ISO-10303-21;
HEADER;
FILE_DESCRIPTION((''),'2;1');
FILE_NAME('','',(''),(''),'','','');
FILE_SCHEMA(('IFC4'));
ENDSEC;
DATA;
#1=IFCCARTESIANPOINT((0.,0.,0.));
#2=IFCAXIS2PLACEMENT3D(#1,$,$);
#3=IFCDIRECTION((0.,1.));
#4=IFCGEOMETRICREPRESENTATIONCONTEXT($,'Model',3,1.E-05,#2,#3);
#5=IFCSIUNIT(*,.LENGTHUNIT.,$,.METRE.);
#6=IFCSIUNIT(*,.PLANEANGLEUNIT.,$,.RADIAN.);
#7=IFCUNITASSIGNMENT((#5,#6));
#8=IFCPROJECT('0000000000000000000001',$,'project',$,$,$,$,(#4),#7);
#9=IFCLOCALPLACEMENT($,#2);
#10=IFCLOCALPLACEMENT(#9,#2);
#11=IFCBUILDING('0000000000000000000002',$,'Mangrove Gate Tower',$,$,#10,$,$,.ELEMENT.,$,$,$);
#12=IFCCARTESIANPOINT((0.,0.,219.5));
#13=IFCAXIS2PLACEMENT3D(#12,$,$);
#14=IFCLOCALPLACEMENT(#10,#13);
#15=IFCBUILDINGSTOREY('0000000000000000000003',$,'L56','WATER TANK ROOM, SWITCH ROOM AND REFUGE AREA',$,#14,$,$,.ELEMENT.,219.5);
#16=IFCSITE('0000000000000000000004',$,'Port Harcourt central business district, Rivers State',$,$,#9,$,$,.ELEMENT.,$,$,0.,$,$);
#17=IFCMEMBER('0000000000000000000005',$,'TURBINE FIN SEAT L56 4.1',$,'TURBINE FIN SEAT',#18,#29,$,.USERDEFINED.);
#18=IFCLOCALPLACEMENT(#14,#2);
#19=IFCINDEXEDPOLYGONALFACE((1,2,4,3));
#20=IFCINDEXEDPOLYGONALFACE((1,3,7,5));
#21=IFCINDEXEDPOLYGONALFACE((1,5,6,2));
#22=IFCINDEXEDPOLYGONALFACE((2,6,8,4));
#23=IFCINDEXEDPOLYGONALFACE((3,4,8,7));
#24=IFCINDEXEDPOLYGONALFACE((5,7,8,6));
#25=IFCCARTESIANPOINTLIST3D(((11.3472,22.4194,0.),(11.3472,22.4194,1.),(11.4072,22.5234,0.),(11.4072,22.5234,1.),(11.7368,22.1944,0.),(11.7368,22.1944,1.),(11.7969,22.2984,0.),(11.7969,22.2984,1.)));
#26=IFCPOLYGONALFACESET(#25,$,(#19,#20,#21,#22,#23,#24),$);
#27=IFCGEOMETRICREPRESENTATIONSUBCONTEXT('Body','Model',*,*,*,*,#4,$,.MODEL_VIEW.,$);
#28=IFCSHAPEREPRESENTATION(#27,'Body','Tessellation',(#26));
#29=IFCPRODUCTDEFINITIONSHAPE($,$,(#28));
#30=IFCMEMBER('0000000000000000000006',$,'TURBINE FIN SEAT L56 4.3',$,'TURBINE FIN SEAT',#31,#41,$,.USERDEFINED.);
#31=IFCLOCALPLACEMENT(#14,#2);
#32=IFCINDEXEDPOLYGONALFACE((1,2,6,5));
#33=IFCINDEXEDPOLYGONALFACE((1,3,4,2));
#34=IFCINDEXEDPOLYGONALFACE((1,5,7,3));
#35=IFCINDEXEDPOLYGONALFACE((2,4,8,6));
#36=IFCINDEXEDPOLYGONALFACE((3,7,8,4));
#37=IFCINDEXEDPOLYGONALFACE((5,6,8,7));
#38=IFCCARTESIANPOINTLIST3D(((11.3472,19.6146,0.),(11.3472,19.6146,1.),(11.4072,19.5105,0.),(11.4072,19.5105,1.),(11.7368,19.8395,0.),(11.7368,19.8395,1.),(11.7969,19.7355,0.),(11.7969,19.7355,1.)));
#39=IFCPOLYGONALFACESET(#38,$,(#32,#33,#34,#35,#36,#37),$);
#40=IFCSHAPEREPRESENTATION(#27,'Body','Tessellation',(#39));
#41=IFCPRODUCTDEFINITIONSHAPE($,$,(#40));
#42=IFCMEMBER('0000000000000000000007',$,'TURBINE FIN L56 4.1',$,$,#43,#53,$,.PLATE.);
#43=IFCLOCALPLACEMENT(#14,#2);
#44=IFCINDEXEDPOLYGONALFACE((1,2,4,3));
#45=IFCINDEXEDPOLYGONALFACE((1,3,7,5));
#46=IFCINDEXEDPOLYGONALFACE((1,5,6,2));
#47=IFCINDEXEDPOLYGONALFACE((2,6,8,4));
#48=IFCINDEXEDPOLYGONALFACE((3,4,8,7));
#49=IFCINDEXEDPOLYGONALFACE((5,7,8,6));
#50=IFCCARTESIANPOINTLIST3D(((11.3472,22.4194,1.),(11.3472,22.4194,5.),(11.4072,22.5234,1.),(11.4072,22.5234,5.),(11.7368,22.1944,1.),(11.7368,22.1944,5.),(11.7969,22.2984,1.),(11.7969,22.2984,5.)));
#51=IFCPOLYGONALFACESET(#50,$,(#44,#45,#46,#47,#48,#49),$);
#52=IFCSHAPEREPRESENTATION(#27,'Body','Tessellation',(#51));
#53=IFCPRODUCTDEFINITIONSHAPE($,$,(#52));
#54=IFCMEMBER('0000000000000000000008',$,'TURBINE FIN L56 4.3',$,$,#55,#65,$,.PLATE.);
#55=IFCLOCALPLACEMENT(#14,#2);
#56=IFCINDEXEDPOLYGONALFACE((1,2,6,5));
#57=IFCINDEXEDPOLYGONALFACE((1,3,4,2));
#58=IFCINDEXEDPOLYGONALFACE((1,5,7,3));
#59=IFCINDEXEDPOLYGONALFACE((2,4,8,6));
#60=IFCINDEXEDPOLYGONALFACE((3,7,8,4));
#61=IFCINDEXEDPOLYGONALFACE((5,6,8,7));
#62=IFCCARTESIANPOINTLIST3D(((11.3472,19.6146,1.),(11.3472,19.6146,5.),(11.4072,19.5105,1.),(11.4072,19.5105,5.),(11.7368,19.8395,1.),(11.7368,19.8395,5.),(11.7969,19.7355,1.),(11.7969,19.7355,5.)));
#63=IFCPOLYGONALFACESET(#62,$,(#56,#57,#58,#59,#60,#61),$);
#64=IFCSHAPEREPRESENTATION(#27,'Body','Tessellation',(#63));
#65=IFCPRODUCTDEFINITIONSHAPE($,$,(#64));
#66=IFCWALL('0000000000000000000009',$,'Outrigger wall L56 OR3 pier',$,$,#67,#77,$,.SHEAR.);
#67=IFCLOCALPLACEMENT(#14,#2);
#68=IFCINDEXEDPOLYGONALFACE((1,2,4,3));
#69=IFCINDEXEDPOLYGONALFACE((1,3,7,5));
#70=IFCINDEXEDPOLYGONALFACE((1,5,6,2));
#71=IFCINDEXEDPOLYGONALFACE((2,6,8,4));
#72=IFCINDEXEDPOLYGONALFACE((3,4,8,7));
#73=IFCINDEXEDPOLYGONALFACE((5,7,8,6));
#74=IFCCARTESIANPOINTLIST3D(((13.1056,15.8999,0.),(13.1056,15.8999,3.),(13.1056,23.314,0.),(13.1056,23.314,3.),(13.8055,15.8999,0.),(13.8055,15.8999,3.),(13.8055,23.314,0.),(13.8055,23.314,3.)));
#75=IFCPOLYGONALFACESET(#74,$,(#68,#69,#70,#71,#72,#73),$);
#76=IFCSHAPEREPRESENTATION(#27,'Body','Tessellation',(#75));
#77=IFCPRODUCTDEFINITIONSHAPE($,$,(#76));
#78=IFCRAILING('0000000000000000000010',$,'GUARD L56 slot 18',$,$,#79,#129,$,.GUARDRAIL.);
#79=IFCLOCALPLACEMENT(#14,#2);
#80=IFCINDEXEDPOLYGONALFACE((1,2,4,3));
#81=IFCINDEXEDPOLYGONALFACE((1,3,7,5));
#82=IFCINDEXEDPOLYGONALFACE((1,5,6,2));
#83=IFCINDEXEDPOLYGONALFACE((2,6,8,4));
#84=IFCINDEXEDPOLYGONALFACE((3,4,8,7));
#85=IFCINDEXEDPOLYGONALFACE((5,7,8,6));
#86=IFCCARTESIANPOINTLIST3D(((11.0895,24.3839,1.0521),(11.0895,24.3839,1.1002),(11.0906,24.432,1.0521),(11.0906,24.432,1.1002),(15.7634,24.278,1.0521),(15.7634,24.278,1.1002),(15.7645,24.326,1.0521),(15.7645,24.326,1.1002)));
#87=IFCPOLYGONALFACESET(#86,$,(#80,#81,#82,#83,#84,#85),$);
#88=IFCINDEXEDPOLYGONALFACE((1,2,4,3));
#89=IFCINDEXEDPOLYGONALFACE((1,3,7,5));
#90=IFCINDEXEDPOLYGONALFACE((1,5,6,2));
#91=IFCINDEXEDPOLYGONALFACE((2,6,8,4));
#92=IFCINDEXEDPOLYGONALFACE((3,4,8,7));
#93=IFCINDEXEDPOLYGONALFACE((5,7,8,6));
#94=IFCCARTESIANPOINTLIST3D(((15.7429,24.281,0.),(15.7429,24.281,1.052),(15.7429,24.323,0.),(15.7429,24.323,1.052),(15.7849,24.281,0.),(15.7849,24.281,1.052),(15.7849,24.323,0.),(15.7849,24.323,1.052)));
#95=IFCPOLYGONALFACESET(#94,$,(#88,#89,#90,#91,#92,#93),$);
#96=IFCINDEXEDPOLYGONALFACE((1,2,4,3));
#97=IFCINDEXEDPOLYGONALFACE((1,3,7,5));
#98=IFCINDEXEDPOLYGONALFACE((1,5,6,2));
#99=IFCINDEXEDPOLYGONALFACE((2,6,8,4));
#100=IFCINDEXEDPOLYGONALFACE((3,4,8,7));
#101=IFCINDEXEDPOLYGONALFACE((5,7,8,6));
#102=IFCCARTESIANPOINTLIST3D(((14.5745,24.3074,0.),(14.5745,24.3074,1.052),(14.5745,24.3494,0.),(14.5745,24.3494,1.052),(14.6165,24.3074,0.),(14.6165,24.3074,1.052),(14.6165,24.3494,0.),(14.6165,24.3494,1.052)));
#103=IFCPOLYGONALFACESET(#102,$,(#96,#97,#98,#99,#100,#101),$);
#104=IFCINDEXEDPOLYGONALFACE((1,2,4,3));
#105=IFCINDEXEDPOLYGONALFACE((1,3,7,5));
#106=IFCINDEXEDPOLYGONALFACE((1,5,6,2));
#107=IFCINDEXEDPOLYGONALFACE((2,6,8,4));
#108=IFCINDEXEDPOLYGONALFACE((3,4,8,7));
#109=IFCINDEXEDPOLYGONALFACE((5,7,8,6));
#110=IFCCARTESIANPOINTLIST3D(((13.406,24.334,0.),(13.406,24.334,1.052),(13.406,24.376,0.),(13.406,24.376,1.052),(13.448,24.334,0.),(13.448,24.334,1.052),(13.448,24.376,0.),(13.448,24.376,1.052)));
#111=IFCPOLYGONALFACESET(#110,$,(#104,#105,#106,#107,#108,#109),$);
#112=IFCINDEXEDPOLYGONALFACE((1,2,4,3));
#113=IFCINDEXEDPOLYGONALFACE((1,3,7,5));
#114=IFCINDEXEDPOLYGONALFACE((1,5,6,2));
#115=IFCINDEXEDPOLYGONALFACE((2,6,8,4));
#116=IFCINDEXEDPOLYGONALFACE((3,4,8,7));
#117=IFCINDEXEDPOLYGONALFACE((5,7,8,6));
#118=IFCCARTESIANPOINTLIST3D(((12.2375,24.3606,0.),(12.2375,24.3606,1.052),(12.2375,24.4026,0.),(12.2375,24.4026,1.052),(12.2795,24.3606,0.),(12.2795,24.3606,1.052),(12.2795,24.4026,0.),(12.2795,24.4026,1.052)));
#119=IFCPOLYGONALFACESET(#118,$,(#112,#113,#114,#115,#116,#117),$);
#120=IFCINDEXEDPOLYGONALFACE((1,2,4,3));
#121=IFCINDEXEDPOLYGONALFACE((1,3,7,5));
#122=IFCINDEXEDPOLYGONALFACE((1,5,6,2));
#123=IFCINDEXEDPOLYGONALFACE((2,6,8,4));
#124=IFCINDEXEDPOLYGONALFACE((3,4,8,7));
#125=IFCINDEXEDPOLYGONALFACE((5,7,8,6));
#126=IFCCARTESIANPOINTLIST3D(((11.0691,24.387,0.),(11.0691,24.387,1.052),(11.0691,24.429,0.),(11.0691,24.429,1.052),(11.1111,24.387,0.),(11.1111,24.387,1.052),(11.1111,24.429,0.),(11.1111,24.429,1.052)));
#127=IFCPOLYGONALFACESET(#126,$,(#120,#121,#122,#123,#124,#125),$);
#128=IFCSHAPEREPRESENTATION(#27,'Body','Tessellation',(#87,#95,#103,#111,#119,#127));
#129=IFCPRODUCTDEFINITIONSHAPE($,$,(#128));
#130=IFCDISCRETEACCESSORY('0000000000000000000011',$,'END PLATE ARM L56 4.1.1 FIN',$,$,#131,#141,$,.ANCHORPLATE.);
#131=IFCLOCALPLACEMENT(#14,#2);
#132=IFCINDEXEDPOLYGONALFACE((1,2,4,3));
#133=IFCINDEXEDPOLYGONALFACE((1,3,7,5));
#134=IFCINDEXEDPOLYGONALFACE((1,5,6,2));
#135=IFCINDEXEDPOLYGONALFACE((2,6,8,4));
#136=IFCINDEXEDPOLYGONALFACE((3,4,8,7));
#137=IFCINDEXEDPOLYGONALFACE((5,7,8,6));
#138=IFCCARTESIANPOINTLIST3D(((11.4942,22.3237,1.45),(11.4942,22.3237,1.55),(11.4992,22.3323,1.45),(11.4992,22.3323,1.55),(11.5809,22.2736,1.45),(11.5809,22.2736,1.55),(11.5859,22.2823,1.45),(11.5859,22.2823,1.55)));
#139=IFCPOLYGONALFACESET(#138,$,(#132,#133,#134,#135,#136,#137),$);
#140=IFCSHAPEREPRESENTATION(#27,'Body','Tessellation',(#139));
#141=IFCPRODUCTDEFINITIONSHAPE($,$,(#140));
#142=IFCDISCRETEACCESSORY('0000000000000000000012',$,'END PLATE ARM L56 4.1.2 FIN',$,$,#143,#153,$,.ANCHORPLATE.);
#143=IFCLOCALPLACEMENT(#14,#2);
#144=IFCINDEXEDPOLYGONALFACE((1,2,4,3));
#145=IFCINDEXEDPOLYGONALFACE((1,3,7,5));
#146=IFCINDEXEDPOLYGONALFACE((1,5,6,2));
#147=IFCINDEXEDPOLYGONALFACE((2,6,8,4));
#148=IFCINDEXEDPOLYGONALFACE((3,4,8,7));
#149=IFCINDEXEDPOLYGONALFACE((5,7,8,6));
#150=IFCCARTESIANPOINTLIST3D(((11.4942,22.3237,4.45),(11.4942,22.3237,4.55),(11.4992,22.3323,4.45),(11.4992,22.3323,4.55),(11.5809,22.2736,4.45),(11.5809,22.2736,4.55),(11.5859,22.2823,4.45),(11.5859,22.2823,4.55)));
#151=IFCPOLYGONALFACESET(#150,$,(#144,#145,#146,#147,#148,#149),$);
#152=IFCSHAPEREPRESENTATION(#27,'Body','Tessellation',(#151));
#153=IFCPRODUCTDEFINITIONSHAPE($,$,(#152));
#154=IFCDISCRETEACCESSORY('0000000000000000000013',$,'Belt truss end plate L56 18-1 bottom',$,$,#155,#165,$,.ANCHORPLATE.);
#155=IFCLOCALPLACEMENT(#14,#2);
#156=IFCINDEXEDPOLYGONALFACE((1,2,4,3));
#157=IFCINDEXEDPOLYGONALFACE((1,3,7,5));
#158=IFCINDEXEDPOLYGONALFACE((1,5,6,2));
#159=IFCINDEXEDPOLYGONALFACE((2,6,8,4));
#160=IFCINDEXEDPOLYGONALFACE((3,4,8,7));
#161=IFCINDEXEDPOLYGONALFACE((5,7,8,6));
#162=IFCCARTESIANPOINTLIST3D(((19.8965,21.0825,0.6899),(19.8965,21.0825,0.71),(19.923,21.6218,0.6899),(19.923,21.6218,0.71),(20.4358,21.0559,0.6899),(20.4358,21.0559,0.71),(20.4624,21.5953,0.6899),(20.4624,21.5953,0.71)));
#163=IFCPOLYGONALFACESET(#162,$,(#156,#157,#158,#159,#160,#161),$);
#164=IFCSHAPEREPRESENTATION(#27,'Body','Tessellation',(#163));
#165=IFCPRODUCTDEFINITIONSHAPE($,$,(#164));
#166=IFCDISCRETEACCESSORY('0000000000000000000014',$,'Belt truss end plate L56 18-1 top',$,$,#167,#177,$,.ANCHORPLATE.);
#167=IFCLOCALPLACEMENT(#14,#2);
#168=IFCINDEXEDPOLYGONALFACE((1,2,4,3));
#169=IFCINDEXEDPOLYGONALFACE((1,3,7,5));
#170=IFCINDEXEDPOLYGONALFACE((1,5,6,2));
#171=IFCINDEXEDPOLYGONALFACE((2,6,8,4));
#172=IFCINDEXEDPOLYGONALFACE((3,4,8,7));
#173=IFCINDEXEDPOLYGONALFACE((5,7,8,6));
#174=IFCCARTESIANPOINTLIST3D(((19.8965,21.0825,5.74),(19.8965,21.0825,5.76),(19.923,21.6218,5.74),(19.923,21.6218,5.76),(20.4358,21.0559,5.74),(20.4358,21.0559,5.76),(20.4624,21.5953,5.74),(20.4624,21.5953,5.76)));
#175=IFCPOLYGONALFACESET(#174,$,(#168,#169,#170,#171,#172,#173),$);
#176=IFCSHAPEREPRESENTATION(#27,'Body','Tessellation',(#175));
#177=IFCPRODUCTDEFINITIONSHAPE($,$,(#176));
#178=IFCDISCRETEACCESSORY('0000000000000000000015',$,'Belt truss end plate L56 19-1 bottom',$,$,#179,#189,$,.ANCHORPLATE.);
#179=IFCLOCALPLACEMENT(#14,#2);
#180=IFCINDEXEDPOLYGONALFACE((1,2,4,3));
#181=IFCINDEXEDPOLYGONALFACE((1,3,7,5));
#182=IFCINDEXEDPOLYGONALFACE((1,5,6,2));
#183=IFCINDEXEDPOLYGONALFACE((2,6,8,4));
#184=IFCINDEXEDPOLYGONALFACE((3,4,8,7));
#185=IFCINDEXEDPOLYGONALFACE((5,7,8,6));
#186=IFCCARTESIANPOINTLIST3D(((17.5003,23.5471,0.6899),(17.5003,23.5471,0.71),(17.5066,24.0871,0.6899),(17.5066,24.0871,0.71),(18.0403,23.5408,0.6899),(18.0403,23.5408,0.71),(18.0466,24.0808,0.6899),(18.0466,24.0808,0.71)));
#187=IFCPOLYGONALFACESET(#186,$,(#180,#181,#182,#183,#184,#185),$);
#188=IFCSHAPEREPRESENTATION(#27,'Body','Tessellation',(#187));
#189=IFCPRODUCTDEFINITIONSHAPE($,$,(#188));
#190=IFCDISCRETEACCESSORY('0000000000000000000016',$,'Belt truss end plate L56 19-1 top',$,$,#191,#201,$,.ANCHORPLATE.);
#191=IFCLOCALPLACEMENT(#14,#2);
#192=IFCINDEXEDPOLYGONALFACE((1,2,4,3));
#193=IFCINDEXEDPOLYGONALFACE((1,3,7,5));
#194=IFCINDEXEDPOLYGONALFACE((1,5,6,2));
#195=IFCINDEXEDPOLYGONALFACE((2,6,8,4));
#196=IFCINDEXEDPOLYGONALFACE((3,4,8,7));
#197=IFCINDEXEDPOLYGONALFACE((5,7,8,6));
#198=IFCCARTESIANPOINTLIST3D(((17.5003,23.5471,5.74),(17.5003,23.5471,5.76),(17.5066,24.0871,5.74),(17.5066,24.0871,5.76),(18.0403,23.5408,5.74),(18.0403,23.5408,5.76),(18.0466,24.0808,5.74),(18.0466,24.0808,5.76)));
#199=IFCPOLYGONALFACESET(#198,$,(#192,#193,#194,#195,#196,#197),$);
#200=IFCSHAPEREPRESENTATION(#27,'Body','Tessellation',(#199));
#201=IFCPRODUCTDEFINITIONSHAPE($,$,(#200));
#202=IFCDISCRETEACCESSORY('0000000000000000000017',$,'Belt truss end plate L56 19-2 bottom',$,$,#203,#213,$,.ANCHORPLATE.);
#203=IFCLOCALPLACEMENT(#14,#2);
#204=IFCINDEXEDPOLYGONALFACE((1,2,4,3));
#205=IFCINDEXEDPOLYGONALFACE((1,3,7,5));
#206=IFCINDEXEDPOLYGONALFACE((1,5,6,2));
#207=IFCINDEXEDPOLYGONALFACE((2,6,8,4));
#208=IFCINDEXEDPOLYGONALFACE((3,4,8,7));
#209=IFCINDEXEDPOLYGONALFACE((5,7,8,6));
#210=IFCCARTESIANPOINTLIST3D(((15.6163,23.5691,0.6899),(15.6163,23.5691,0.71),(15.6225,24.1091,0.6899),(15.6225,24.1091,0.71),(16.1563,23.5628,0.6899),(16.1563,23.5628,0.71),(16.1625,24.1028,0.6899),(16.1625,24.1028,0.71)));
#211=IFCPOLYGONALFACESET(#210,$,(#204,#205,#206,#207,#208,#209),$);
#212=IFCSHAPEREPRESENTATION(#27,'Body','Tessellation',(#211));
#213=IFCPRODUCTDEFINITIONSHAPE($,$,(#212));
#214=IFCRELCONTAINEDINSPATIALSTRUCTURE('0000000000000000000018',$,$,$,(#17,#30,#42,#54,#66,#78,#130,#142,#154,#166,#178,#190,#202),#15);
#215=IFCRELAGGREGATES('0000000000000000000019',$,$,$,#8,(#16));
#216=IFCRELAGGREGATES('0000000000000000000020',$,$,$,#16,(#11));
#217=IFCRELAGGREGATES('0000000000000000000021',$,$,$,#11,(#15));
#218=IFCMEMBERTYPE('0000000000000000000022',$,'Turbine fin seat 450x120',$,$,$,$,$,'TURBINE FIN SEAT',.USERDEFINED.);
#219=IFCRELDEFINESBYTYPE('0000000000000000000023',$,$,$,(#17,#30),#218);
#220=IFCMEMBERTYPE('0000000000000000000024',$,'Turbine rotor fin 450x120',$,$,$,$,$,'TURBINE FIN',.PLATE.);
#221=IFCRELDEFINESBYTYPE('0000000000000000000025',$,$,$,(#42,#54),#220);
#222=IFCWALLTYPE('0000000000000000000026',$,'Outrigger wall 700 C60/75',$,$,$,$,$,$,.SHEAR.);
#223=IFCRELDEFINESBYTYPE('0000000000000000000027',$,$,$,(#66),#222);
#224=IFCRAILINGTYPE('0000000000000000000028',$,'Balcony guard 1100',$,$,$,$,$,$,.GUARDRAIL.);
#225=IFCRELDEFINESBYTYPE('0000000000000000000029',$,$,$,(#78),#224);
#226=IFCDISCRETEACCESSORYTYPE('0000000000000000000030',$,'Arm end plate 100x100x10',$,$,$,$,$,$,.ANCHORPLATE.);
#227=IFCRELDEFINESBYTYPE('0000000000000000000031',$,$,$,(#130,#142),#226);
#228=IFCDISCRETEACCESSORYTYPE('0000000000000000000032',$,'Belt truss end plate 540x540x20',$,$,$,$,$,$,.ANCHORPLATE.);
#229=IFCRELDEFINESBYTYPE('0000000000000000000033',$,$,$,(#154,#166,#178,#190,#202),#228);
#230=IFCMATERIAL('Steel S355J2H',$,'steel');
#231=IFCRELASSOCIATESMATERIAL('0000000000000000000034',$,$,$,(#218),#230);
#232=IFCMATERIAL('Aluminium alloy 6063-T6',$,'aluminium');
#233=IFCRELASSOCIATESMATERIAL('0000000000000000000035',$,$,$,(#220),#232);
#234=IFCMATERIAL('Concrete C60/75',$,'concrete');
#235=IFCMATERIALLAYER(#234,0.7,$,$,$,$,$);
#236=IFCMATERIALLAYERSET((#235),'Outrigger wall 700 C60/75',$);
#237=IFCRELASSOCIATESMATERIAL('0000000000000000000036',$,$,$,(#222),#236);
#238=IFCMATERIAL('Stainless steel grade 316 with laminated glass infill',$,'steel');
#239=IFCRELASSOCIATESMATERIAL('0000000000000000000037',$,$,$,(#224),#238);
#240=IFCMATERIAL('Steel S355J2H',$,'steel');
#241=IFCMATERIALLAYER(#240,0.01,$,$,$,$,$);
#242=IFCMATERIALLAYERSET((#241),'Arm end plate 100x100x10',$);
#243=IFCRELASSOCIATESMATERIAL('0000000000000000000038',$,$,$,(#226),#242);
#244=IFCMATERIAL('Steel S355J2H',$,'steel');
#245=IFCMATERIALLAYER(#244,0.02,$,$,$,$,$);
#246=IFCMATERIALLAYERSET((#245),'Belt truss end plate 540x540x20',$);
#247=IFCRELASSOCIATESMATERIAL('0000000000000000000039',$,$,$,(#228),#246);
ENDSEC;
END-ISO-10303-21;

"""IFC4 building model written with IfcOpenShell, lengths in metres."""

from ifc_helpers import new_model, si_unit, direction, frame, frame_2d, origin, origin_2d, place, context, subcontext, project, spatial, rectangle, extrude, material, layer, layer_set, material_profile, profile_set, type_object, element, save


model = new_model("IFC4")

# Units and contexts
model_context = context("Model", 3, precision=1e-05, world=origin(), true_north=direction((0.0, 1.0)))
body_context = subcontext(model_context, "Body", "Model", "MODEL_VIEW")
ifc_project = project(units=[si_unit("LENGTHUNIT", "METRE"), si_unit("PLANEANGLEUNIT", "RADIAN")], contexts=[model_context])

# Site, building, storey
site_placement = place(None, origin())
site = spatial("IfcSite", under=ifc_project, at=site_placement, Name="Port Harcourt central business district, Rivers State", CompositionType="ELEMENT", RefElevation=0.0)
building_placement = place(site_placement, origin())
building = spatial("IfcBuilding", under=site, at=building_placement, Name="Mangrove Gate Tower", CompositionType="ELEMENT")
storey_placement = place(building_placement, frame((0.0, 0.0, 219.5)))
storey = spatial("IfcBuildingStorey", under=building, at=storey_placement, Name="L56", Description="WATER TANK ROOM, SWITCH ROOM AND REFUGE AREA", CompositionType="ELEMENT", Elevation=219.5)

# Members
ifc_material_1 = material(Name="Steel S355J2H", Category="steel")
ifc_material_profile_1 = material_profile(ifc_material_1, rectangle(XDim=0.45, YDim=0.1201, at=origin_2d()))
ifc_profile_set_1 = profile_set([ifc_material_profile_1], Name="Steel S355J2H")
member_type_1 = type_object("IfcMemberType", Name="Turbine fin seat 450x120", ElementType="TURBINE FIN SEAT", PredefinedType="USERDEFINED", material=ifc_profile_set_1)
for number, where, z_axis, x_axis, name in (
    (1, (11.572, 22.3589, 0.0), (0.0, 0.0, 1.0), (-0.866025, 0.5, 0.0), "TURBINE FIN SEAT L56 4.1"),
    (2, (11.572, 19.675, 0.0), (0.0, 0.0, 1.0), (0.866025, 0.5, 0.0), "TURBINE FIN SEAT L56 4.3"),
):
    element("IfcMember", number, at=place(storey_placement, frame(where, z_axis=z_axis, x_axis=x_axis)), inside=storey, type_object=member_type_1, Name=name, ObjectType="TURBINE FIN SEAT", PredefinedType="USERDEFINED", context=body_context, shape_type="SweptSolid", body=[
        extrude(rectangle(XDim=0.45, YDim=0.1201, at=origin_2d()), origin(), (0.0, 0.0, 1.0), 1.0),
    ])
ifc_material_2 = material(Name="Aluminium alloy 6063-T6", Category="aluminium")
ifc_material_profile_2 = material_profile(ifc_material_2, rectangle(XDim=0.45, YDim=0.1201, at=origin_2d()))
ifc_profile_set_2 = profile_set([ifc_material_profile_2], Name="Aluminium alloy 6063-T6")
member_type_2 = type_object("IfcMemberType", Name="Turbine rotor fin 450x120", ElementType="TURBINE FIN", PredefinedType="PLATE", material=ifc_profile_set_2)
for number, where, z_axis, x_axis, name in (
    (3, (11.572, 22.3589, 1.0), (0.0, 0.0, 1.0), (-0.866025, 0.5, 0.0), "TURBINE FIN L56 4.1"),
    (4, (11.572, 19.675, 1.0), (0.0, 0.0, 1.0), (0.866025, 0.5, 0.0), "TURBINE FIN L56 4.3"),
):
    element("IfcMember", number, at=place(storey_placement, frame(where, z_axis=z_axis, x_axis=x_axis)), inside=storey, type_object=member_type_2, Name=name, PredefinedType="PLATE", context=body_context, shape_type="SweptSolid", body=[
        extrude(rectangle(XDim=0.45, YDim=0.1201, at=origin_2d()), origin(), (0.0, 0.0, 1.0), 4.0),
    ])

# Wall
ifc_material_3 = material(Name="Concrete C60/75", Category="concrete")
ifc_layer_1 = layer(ifc_material_3, 0.7)
ifc_layer_set_1 = layer_set([ifc_layer_1], Name="Outrigger wall 700 C60/75")
wall_type = type_object("IfcWallType", Name="Outrigger wall 700 C60/75", PredefinedType="SHEAR", material=ifc_layer_set_1)
wall_placement = place(storey_placement, frame((13.4556, 15.8999, 0.0), z_axis=(0.0, 0.0, 1.0), x_axis=(0.0, 1.0, 0.0)))
element("IfcWall", 5, at=wall_placement, inside=storey, type_object=wall_type, Name="Outrigger wall L56 OR3 pier", PredefinedType="SHEAR", context=body_context, shape_type="SweptSolid", body=[
    extrude(rectangle(XDim=7.4141, YDim=0.7, at=frame_2d((3.707, 0.0))), origin(), (0.0, 0.0, 1.0), 3.0),
])

# Railing
ifc_material_4 = material(Name="Stainless steel grade 316 with laminated glass infill", Category="steel")
railing_type = type_object("IfcRailingType", Name="Balcony guard 1100", PredefinedType="GUARDRAIL", material=ifc_material_4)
railing_placement = place(storey_placement, frame((15.7639, 24.302, 0.0)))
element("IfcRailing", 6, at=railing_placement, inside=storey, type_object=railing_type, Name="GUARD L56 slot 18", PredefinedType="GUARDRAIL", context=body_context, shape_type="SweptSolid", body=[
    extrude(rectangle(XDim=0.0481, YDim=0.0481, at=origin_2d()), frame((0.0, 0.0, 1.0762), z_axis=(-0.999743, 0.022664, 0.0), x_axis=(-0.022664, -0.999743, 0.0)), (0.0, 0.0, 1.0), 4.675),
    extrude(rectangle(XDim=0.042, YDim=0.042, at=origin_2d()), origin(), (0.0, 0.0, 1.0), 1.052),
    extrude(rectangle(XDim=0.042, YDim=0.042, at=origin_2d()), frame((-1.1685, 0.0264, 0.0)), (0.0, 0.0, 1.0), 1.052),
    extrude(rectangle(XDim=0.042, YDim=0.042, at=origin_2d()), frame((-2.3369, 0.053, 0.0)), (0.0, 0.0, 1.0), 1.052),
    extrude(rectangle(XDim=0.042, YDim=0.042, at=origin_2d()), frame((-3.5054, 0.0796, 0.0)), (0.0, 0.0, 1.0), 1.052),
    extrude(rectangle(XDim=0.042, YDim=0.042, at=origin_2d()), frame((-4.6738, 0.106, 0.0)), (0.0, 0.0, 1.0), 1.052),
])

# Discrete accessories
ifc_material_5 = material(Name="Steel S355J2H", Category="steel")
ifc_layer_2 = layer(ifc_material_5, 0.01)
ifc_layer_set_2 = layer_set([ifc_layer_2], Name="Arm end plate 100x100x10")
discrete_accessory_type_1 = type_object("IfcDiscreteAccessoryType", Name="Arm end plate 100x100x10", PredefinedType="ANCHORPLATE", material=ifc_layer_set_2)
for number, where, z_axis, x_axis, name in (
    (7, (11.54, 22.303, 1.45), (0.0, 0.0, 1.0), (0.5, 0.866025, 0.0), "END PLATE ARM L56 4.1.1 FIN"),
    (8, (11.54, 22.303, 4.45), (0.0, 0.0, 1.0), (0.5, 0.866025, 0.0), "END PLATE ARM L56 4.1.2 FIN"),
):
    element("IfcDiscreteAccessory", number, at=place(storey_placement, frame(where, z_axis=z_axis, x_axis=x_axis)), inside=storey, type_object=discrete_accessory_type_1, Name=name, PredefinedType="ANCHORPLATE", context=body_context, shape_type="SweptSolid", body=[
        extrude(rectangle(XDim=0.01, YDim=0.1001, at=origin_2d()), origin(), (0.0, 0.0, 1.0), 0.1001),
    ])
ifc_material_6 = material(Name="Steel S355J2H", Category="steel")
ifc_layer_3 = layer(ifc_material_6, 0.02)
ifc_layer_set_3 = layer_set([ifc_layer_3], Name="Belt truss end plate 540x540x20")
discrete_accessory_type_2 = type_object("IfcDiscreteAccessoryType", Name="Belt truss end plate 540x540x20", PredefinedType="ANCHORPLATE", material=ifc_layer_set_3)
for number, where, z_axis, x_axis, name in (
    (9, (20.1794, 21.3389, 0.6899), (0.0, 0.0, 1.0), (0.049211, 0.998788, 0.0), "Belt truss end plate L56 18-1 bottom"),
    (10, (20.1794, 21.3389, 5.74), (0.0, 0.0, 1.0), (0.049211, 0.998788, 0.0), "Belt truss end plate L56 18-1 top"),
    (11, (17.7734, 23.814, 0.6899), (0.0, 0.0, 1.0), (-0.999933, 0.011609, 0.0), "Belt truss end plate L56 19-1 bottom"),
    (12, (17.7734, 23.814, 5.74), (0.0, 0.0, 1.0), (-0.999933, 0.011609, 0.0), "Belt truss end plate L56 19-1 top"),
    (13, (15.8894, 23.8359, 0.6899), (0.0, 0.0, 1.0), (-0.999933, 0.011609, 0.0), "Belt truss end plate L56 19-2 bottom"),
):
    element("IfcDiscreteAccessory", number, at=place(storey_placement, frame(where, z_axis=z_axis, x_axis=x_axis)), inside=storey, type_object=discrete_accessory_type_2, Name=name, PredefinedType="ANCHORPLATE", context=body_context, shape_type="SweptSolid", body=[
        extrude(rectangle(XDim=0.54, YDim=0.54, at=origin_2d()), origin(), (0.0, 0.0, 1.0), 0.02),
    ])

save(model, "model.ifc")
